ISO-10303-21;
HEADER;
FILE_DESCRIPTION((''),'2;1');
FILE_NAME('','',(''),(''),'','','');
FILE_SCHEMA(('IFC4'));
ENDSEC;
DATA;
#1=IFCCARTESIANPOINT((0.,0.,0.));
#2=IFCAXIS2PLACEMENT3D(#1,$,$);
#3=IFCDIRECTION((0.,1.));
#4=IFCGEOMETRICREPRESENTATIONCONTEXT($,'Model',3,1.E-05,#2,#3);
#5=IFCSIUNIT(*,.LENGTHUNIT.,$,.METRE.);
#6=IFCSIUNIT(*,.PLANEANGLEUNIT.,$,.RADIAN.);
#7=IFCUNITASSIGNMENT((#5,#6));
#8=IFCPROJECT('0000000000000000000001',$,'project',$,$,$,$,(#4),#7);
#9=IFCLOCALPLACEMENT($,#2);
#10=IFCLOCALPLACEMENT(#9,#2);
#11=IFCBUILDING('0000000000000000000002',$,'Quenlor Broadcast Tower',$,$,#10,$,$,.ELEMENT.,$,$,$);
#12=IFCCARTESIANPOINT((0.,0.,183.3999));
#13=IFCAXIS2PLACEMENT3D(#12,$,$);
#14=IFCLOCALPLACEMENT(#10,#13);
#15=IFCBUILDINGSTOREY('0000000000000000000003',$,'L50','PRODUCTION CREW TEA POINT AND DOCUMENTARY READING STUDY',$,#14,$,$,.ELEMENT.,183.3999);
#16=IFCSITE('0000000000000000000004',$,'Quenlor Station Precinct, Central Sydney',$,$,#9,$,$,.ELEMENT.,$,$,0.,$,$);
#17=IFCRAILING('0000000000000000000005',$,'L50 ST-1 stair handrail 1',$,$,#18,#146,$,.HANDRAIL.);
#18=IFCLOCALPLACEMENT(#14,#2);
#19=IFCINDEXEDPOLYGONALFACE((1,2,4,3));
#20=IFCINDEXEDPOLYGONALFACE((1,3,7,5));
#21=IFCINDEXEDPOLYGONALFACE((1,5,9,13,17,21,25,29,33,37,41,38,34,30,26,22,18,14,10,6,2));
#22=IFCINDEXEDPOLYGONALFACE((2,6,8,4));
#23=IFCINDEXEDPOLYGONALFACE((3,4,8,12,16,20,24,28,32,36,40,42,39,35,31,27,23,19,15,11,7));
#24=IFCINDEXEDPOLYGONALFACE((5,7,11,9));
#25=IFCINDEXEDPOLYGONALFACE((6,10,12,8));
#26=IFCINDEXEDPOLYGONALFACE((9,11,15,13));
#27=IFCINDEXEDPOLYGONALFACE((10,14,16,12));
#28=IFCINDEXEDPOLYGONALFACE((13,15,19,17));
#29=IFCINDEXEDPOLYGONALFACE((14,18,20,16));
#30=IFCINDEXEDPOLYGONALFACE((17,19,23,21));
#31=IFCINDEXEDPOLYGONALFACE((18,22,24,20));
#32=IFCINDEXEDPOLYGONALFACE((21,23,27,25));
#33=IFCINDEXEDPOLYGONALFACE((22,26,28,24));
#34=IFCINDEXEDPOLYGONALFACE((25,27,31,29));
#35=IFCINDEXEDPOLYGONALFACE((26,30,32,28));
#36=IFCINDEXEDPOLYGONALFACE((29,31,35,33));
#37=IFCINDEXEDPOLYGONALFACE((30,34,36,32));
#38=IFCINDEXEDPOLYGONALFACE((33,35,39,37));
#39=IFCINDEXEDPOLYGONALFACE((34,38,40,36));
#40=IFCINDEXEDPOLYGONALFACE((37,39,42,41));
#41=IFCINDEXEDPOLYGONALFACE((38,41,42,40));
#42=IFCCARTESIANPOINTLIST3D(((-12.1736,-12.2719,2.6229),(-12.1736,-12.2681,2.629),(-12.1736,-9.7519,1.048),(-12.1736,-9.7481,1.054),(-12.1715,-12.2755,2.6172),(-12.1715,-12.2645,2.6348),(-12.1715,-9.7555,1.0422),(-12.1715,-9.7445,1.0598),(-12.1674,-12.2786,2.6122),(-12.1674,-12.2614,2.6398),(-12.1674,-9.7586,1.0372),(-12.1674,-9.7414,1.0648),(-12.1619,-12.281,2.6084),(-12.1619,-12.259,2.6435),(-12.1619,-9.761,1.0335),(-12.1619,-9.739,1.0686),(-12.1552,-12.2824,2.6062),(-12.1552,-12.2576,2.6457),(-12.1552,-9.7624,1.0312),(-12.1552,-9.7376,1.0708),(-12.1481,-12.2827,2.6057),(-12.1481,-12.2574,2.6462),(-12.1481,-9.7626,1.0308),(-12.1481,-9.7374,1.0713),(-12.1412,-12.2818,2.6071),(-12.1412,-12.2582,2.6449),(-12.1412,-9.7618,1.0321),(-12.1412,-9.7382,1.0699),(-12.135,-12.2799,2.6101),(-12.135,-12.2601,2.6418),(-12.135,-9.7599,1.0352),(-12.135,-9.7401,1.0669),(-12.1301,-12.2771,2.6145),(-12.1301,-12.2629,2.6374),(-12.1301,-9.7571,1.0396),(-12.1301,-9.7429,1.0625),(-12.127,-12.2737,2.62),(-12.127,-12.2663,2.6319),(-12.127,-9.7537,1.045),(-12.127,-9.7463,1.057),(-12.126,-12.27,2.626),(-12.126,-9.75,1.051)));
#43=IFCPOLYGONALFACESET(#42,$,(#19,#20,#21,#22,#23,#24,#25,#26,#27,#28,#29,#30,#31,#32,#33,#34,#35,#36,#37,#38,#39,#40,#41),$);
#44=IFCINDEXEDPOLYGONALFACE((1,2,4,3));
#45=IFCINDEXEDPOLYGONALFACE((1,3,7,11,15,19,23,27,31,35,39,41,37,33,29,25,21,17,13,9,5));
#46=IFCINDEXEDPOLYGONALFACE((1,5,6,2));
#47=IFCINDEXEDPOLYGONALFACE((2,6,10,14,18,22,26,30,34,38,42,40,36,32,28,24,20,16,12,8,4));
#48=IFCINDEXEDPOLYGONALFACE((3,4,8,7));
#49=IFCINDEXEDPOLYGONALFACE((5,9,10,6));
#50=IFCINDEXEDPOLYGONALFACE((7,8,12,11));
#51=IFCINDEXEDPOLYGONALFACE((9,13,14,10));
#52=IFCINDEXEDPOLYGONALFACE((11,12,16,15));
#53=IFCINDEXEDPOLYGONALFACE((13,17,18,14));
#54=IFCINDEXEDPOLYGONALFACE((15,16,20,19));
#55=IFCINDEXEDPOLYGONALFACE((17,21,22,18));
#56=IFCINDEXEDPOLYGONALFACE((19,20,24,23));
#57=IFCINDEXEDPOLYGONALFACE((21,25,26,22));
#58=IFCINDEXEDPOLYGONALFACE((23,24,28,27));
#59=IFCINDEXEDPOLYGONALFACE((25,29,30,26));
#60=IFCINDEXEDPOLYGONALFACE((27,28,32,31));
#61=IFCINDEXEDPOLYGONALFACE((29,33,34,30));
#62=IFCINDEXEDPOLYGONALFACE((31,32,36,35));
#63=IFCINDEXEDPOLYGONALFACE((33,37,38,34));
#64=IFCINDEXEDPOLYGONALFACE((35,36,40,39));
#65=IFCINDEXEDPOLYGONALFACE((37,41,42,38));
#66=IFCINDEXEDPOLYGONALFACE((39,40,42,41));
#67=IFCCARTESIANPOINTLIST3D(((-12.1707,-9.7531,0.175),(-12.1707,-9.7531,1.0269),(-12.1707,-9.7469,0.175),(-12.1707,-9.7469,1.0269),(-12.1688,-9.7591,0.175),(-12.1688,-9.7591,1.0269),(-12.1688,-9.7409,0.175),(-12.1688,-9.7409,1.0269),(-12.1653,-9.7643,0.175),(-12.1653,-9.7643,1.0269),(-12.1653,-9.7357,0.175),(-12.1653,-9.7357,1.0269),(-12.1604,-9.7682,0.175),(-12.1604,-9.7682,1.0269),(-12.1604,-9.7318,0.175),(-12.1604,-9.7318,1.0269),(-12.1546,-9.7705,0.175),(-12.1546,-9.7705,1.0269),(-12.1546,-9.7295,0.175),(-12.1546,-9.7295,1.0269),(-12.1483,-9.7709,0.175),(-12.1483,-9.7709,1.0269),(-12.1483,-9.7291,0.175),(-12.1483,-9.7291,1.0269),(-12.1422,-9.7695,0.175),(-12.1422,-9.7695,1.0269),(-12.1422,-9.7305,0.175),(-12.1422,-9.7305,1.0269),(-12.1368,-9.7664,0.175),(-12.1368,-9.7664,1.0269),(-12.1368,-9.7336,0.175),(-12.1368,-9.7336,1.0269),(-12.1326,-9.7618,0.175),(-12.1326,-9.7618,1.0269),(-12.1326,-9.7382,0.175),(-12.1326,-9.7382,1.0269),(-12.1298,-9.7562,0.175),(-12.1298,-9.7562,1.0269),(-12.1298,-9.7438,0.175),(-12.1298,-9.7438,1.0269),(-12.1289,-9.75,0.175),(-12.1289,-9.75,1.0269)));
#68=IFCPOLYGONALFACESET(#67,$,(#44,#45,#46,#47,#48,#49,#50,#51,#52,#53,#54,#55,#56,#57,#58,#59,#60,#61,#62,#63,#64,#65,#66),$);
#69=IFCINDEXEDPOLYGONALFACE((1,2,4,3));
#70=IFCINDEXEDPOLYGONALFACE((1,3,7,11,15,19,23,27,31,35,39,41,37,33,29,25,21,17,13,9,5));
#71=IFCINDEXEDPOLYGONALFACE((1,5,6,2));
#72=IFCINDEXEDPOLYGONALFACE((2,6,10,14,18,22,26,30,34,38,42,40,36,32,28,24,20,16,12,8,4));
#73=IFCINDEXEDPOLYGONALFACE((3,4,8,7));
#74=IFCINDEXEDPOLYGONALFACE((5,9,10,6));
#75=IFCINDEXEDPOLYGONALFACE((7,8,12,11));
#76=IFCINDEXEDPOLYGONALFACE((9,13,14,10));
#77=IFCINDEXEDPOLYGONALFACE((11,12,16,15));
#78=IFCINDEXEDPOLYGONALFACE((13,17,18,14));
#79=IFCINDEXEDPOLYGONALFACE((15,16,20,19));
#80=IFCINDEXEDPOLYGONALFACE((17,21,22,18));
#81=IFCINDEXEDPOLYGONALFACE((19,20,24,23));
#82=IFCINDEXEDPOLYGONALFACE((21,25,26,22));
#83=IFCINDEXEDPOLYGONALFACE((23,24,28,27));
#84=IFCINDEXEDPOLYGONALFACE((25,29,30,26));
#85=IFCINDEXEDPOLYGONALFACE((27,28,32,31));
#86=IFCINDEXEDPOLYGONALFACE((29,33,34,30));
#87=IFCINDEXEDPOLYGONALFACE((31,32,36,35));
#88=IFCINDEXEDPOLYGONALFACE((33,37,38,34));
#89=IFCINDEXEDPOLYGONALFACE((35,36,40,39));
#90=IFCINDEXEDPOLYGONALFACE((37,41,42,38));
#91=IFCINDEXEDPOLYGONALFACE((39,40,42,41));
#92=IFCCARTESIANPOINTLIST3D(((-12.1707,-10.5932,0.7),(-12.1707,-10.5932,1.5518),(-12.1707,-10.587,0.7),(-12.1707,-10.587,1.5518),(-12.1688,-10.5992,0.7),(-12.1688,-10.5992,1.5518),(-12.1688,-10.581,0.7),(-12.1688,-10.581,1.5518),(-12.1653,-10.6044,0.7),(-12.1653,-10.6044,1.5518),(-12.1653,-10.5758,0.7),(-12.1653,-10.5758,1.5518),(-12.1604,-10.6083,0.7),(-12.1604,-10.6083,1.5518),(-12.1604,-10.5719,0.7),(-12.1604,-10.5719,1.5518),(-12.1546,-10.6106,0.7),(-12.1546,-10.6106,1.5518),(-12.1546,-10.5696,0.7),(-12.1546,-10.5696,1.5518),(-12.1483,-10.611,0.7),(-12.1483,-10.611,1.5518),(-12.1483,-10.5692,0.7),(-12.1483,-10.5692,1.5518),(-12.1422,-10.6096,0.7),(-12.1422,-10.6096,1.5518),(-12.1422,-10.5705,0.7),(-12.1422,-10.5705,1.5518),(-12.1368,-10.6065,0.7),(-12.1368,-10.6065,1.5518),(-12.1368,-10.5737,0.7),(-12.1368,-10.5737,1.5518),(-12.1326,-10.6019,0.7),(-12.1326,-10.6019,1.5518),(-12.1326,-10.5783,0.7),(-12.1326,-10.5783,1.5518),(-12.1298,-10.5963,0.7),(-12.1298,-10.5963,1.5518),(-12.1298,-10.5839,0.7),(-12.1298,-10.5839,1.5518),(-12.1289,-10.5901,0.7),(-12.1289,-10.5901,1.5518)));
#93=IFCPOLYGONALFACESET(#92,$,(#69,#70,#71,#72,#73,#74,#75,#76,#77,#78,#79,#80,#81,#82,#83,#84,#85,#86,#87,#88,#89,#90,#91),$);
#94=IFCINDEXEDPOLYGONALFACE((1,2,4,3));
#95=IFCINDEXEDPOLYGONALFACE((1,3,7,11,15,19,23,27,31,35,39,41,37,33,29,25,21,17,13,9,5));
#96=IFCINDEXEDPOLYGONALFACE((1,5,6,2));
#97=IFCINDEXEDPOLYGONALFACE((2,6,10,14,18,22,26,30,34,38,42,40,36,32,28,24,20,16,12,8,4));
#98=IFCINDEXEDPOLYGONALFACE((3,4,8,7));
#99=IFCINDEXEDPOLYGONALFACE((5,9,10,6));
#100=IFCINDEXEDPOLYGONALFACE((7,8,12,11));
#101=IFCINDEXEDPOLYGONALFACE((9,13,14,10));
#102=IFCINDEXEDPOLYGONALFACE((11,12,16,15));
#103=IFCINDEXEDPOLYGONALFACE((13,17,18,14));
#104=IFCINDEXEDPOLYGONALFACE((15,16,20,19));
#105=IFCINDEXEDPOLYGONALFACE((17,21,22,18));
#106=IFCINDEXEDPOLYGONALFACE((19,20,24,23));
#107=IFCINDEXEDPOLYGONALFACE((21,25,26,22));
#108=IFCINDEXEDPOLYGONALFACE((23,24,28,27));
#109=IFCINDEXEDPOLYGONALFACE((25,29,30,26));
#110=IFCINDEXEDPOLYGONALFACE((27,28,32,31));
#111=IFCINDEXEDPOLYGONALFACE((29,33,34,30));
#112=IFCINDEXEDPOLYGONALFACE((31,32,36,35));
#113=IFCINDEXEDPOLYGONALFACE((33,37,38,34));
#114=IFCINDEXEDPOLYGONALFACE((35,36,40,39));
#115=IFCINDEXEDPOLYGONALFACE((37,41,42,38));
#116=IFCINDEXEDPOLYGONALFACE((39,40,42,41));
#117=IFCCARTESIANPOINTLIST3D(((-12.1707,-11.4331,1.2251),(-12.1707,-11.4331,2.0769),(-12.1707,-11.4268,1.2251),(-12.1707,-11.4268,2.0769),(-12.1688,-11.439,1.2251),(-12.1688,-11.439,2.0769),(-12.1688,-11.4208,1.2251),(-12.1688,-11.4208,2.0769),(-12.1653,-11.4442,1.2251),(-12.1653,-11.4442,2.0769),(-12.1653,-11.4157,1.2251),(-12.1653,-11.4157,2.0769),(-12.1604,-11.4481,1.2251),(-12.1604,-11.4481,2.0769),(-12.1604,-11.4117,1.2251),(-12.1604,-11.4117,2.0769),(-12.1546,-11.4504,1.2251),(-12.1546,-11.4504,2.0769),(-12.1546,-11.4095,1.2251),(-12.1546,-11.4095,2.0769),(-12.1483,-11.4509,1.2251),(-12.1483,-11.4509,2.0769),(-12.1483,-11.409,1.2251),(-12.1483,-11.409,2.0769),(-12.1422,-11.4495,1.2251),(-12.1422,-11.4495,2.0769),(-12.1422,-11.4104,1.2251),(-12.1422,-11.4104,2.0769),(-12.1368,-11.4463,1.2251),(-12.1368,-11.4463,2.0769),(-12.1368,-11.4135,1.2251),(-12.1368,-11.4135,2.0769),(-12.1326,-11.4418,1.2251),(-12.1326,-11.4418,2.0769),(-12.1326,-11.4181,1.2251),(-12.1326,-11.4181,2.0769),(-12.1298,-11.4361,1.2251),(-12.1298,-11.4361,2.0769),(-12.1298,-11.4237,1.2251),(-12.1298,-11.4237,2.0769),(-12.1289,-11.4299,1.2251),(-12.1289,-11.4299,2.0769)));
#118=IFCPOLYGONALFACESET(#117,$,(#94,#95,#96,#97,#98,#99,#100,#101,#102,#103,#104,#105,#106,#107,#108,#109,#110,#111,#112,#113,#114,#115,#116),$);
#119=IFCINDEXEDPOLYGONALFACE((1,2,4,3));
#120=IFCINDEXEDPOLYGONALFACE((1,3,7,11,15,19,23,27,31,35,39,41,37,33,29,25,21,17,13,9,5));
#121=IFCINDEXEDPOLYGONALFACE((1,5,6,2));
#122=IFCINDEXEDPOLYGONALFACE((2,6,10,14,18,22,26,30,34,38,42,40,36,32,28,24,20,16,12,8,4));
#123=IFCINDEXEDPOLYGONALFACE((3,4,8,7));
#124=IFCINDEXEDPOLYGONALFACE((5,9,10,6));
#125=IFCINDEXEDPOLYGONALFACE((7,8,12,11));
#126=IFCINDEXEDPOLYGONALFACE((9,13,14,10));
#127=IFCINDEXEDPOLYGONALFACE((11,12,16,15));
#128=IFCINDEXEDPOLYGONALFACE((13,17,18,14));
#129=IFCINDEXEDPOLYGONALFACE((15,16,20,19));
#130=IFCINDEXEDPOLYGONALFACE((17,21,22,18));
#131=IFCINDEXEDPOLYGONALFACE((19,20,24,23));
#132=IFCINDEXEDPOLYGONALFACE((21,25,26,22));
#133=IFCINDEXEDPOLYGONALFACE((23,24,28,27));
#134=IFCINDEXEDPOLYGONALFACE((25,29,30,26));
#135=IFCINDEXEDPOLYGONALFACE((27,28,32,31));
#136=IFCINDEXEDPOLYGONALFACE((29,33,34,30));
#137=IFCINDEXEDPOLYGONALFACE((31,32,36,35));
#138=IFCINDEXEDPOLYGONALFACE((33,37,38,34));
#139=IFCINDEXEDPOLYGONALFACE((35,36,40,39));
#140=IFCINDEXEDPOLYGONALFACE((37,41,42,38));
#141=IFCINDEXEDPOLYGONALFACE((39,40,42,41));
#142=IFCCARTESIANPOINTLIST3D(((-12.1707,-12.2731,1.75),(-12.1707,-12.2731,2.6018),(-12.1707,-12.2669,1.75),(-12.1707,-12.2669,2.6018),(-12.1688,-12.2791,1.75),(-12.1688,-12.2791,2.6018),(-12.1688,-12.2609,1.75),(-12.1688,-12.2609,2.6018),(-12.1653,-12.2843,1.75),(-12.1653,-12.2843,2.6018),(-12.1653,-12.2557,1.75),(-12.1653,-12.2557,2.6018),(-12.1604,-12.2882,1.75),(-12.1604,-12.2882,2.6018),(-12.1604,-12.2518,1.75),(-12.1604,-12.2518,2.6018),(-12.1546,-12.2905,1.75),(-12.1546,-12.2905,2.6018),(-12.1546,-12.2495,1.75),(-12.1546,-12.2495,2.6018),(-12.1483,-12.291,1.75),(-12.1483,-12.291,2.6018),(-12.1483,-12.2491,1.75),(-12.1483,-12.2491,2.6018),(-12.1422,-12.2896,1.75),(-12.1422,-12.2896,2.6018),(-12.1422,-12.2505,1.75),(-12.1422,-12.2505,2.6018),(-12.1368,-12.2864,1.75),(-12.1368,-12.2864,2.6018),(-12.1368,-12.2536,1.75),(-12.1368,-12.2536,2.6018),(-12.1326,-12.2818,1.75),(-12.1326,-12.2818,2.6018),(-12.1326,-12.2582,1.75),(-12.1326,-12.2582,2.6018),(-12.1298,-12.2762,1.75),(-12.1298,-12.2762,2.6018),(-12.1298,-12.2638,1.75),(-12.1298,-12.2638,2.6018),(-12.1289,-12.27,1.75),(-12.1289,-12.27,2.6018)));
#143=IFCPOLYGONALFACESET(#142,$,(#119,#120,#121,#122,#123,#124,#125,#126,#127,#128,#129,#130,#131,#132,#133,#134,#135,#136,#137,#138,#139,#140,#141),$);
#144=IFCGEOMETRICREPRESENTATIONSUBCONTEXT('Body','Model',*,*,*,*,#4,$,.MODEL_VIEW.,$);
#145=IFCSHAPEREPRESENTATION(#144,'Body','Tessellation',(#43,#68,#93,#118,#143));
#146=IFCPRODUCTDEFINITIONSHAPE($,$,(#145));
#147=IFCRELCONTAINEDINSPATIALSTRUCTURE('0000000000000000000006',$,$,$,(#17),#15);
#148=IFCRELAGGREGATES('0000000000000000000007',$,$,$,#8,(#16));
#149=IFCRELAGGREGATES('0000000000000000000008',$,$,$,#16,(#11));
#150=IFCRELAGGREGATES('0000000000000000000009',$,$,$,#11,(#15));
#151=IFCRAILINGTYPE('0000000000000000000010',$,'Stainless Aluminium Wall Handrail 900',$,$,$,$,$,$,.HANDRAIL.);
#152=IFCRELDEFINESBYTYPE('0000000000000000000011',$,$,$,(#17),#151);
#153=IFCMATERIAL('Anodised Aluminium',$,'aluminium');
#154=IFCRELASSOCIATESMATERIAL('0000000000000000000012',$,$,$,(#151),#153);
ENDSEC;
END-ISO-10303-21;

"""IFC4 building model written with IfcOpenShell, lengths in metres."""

from ifc_helpers import new_model, si_unit, direction, frame, origin, origin_2d, place, context, subcontext, project, spatial, circle, extrude, material, type_object, element, save


model = new_model("IFC4")

# Units and contexts
model_context = context("Model", 3, precision=1e-05, world=origin(), true_north=direction((0.0, 1.0)))
body_context = subcontext(model_context, "Body", "Model", "MODEL_VIEW")
ifc_project = project(units=[si_unit("LENGTHUNIT", "METRE"), si_unit("PLANEANGLEUNIT", "RADIAN")], contexts=[model_context])

# Site, building, storey
site_placement = place(None, origin())
site = spatial("IfcSite", under=ifc_project, at=site_placement, Name="Quenlor Station Precinct, Central Sydney", CompositionType="ELEMENT", RefElevation=0.0)
building_placement = place(site_placement, origin())
building = spatial("IfcBuilding", under=site, at=building_placement, Name="Quenlor Broadcast Tower", CompositionType="ELEMENT")
storey_placement = place(building_placement, frame((0.0, 0.0, 183.3999)))
storey = spatial("IfcBuildingStorey", under=building, at=storey_placement, Name="L50", Description="PRODUCTION CREW TEA POINT AND DOCUMENTARY READING STUDY", CompositionType="ELEMENT", Elevation=183.3999)

# Railing
ifc_material_1 = material(Name="Anodised Aluminium", Category="aluminium")
railing_type_1 = type_object("IfcRailingType", Name="Stainless Aluminium Wall Handrail 900", PredefinedType="HANDRAIL", material=ifc_material_1)
railing_1_placement = place(storey_placement, frame((-12.1499, -9.75, 0.175)))
element("IfcRailing", 1, at=railing_1_placement, inside=storey, type_object=railing_type_1, Name="L50 ST-1 stair handrail 1", PredefinedType="HANDRAIL", context=body_context, shape_type="SweptSolid", body=[
    extrude(circle(Radius=0.0239, at=origin_2d()), frame((0.0, 0.0, 0.876), z_axis=(0.0, -0.848008, 0.529984), x_axis=(1.0, 0.0, 0.0)), (0.0, 0.0, 1.0), 2.9717),
    extrude(circle(Radius=0.021, at=origin_2d()), origin(), (0.0, 0.0, 1.0), 0.8518),
    extrude(circle(Radius=0.021, at=origin_2d()), frame((0.0, -0.8401, 0.5249)), (0.0, 0.0, 1.0), 0.8518),
    extrude(circle(Radius=0.021, at=origin_2d()), frame((0.0, -1.6799, 1.05)), (0.0, 0.0, 1.0), 0.8518),
    extrude(circle(Radius=0.021, at=origin_2d()), frame((0.0, -2.52, 1.575)), (0.0, 0.0, 1.0), 0.8518),
])

save(model, "model.ifc")
